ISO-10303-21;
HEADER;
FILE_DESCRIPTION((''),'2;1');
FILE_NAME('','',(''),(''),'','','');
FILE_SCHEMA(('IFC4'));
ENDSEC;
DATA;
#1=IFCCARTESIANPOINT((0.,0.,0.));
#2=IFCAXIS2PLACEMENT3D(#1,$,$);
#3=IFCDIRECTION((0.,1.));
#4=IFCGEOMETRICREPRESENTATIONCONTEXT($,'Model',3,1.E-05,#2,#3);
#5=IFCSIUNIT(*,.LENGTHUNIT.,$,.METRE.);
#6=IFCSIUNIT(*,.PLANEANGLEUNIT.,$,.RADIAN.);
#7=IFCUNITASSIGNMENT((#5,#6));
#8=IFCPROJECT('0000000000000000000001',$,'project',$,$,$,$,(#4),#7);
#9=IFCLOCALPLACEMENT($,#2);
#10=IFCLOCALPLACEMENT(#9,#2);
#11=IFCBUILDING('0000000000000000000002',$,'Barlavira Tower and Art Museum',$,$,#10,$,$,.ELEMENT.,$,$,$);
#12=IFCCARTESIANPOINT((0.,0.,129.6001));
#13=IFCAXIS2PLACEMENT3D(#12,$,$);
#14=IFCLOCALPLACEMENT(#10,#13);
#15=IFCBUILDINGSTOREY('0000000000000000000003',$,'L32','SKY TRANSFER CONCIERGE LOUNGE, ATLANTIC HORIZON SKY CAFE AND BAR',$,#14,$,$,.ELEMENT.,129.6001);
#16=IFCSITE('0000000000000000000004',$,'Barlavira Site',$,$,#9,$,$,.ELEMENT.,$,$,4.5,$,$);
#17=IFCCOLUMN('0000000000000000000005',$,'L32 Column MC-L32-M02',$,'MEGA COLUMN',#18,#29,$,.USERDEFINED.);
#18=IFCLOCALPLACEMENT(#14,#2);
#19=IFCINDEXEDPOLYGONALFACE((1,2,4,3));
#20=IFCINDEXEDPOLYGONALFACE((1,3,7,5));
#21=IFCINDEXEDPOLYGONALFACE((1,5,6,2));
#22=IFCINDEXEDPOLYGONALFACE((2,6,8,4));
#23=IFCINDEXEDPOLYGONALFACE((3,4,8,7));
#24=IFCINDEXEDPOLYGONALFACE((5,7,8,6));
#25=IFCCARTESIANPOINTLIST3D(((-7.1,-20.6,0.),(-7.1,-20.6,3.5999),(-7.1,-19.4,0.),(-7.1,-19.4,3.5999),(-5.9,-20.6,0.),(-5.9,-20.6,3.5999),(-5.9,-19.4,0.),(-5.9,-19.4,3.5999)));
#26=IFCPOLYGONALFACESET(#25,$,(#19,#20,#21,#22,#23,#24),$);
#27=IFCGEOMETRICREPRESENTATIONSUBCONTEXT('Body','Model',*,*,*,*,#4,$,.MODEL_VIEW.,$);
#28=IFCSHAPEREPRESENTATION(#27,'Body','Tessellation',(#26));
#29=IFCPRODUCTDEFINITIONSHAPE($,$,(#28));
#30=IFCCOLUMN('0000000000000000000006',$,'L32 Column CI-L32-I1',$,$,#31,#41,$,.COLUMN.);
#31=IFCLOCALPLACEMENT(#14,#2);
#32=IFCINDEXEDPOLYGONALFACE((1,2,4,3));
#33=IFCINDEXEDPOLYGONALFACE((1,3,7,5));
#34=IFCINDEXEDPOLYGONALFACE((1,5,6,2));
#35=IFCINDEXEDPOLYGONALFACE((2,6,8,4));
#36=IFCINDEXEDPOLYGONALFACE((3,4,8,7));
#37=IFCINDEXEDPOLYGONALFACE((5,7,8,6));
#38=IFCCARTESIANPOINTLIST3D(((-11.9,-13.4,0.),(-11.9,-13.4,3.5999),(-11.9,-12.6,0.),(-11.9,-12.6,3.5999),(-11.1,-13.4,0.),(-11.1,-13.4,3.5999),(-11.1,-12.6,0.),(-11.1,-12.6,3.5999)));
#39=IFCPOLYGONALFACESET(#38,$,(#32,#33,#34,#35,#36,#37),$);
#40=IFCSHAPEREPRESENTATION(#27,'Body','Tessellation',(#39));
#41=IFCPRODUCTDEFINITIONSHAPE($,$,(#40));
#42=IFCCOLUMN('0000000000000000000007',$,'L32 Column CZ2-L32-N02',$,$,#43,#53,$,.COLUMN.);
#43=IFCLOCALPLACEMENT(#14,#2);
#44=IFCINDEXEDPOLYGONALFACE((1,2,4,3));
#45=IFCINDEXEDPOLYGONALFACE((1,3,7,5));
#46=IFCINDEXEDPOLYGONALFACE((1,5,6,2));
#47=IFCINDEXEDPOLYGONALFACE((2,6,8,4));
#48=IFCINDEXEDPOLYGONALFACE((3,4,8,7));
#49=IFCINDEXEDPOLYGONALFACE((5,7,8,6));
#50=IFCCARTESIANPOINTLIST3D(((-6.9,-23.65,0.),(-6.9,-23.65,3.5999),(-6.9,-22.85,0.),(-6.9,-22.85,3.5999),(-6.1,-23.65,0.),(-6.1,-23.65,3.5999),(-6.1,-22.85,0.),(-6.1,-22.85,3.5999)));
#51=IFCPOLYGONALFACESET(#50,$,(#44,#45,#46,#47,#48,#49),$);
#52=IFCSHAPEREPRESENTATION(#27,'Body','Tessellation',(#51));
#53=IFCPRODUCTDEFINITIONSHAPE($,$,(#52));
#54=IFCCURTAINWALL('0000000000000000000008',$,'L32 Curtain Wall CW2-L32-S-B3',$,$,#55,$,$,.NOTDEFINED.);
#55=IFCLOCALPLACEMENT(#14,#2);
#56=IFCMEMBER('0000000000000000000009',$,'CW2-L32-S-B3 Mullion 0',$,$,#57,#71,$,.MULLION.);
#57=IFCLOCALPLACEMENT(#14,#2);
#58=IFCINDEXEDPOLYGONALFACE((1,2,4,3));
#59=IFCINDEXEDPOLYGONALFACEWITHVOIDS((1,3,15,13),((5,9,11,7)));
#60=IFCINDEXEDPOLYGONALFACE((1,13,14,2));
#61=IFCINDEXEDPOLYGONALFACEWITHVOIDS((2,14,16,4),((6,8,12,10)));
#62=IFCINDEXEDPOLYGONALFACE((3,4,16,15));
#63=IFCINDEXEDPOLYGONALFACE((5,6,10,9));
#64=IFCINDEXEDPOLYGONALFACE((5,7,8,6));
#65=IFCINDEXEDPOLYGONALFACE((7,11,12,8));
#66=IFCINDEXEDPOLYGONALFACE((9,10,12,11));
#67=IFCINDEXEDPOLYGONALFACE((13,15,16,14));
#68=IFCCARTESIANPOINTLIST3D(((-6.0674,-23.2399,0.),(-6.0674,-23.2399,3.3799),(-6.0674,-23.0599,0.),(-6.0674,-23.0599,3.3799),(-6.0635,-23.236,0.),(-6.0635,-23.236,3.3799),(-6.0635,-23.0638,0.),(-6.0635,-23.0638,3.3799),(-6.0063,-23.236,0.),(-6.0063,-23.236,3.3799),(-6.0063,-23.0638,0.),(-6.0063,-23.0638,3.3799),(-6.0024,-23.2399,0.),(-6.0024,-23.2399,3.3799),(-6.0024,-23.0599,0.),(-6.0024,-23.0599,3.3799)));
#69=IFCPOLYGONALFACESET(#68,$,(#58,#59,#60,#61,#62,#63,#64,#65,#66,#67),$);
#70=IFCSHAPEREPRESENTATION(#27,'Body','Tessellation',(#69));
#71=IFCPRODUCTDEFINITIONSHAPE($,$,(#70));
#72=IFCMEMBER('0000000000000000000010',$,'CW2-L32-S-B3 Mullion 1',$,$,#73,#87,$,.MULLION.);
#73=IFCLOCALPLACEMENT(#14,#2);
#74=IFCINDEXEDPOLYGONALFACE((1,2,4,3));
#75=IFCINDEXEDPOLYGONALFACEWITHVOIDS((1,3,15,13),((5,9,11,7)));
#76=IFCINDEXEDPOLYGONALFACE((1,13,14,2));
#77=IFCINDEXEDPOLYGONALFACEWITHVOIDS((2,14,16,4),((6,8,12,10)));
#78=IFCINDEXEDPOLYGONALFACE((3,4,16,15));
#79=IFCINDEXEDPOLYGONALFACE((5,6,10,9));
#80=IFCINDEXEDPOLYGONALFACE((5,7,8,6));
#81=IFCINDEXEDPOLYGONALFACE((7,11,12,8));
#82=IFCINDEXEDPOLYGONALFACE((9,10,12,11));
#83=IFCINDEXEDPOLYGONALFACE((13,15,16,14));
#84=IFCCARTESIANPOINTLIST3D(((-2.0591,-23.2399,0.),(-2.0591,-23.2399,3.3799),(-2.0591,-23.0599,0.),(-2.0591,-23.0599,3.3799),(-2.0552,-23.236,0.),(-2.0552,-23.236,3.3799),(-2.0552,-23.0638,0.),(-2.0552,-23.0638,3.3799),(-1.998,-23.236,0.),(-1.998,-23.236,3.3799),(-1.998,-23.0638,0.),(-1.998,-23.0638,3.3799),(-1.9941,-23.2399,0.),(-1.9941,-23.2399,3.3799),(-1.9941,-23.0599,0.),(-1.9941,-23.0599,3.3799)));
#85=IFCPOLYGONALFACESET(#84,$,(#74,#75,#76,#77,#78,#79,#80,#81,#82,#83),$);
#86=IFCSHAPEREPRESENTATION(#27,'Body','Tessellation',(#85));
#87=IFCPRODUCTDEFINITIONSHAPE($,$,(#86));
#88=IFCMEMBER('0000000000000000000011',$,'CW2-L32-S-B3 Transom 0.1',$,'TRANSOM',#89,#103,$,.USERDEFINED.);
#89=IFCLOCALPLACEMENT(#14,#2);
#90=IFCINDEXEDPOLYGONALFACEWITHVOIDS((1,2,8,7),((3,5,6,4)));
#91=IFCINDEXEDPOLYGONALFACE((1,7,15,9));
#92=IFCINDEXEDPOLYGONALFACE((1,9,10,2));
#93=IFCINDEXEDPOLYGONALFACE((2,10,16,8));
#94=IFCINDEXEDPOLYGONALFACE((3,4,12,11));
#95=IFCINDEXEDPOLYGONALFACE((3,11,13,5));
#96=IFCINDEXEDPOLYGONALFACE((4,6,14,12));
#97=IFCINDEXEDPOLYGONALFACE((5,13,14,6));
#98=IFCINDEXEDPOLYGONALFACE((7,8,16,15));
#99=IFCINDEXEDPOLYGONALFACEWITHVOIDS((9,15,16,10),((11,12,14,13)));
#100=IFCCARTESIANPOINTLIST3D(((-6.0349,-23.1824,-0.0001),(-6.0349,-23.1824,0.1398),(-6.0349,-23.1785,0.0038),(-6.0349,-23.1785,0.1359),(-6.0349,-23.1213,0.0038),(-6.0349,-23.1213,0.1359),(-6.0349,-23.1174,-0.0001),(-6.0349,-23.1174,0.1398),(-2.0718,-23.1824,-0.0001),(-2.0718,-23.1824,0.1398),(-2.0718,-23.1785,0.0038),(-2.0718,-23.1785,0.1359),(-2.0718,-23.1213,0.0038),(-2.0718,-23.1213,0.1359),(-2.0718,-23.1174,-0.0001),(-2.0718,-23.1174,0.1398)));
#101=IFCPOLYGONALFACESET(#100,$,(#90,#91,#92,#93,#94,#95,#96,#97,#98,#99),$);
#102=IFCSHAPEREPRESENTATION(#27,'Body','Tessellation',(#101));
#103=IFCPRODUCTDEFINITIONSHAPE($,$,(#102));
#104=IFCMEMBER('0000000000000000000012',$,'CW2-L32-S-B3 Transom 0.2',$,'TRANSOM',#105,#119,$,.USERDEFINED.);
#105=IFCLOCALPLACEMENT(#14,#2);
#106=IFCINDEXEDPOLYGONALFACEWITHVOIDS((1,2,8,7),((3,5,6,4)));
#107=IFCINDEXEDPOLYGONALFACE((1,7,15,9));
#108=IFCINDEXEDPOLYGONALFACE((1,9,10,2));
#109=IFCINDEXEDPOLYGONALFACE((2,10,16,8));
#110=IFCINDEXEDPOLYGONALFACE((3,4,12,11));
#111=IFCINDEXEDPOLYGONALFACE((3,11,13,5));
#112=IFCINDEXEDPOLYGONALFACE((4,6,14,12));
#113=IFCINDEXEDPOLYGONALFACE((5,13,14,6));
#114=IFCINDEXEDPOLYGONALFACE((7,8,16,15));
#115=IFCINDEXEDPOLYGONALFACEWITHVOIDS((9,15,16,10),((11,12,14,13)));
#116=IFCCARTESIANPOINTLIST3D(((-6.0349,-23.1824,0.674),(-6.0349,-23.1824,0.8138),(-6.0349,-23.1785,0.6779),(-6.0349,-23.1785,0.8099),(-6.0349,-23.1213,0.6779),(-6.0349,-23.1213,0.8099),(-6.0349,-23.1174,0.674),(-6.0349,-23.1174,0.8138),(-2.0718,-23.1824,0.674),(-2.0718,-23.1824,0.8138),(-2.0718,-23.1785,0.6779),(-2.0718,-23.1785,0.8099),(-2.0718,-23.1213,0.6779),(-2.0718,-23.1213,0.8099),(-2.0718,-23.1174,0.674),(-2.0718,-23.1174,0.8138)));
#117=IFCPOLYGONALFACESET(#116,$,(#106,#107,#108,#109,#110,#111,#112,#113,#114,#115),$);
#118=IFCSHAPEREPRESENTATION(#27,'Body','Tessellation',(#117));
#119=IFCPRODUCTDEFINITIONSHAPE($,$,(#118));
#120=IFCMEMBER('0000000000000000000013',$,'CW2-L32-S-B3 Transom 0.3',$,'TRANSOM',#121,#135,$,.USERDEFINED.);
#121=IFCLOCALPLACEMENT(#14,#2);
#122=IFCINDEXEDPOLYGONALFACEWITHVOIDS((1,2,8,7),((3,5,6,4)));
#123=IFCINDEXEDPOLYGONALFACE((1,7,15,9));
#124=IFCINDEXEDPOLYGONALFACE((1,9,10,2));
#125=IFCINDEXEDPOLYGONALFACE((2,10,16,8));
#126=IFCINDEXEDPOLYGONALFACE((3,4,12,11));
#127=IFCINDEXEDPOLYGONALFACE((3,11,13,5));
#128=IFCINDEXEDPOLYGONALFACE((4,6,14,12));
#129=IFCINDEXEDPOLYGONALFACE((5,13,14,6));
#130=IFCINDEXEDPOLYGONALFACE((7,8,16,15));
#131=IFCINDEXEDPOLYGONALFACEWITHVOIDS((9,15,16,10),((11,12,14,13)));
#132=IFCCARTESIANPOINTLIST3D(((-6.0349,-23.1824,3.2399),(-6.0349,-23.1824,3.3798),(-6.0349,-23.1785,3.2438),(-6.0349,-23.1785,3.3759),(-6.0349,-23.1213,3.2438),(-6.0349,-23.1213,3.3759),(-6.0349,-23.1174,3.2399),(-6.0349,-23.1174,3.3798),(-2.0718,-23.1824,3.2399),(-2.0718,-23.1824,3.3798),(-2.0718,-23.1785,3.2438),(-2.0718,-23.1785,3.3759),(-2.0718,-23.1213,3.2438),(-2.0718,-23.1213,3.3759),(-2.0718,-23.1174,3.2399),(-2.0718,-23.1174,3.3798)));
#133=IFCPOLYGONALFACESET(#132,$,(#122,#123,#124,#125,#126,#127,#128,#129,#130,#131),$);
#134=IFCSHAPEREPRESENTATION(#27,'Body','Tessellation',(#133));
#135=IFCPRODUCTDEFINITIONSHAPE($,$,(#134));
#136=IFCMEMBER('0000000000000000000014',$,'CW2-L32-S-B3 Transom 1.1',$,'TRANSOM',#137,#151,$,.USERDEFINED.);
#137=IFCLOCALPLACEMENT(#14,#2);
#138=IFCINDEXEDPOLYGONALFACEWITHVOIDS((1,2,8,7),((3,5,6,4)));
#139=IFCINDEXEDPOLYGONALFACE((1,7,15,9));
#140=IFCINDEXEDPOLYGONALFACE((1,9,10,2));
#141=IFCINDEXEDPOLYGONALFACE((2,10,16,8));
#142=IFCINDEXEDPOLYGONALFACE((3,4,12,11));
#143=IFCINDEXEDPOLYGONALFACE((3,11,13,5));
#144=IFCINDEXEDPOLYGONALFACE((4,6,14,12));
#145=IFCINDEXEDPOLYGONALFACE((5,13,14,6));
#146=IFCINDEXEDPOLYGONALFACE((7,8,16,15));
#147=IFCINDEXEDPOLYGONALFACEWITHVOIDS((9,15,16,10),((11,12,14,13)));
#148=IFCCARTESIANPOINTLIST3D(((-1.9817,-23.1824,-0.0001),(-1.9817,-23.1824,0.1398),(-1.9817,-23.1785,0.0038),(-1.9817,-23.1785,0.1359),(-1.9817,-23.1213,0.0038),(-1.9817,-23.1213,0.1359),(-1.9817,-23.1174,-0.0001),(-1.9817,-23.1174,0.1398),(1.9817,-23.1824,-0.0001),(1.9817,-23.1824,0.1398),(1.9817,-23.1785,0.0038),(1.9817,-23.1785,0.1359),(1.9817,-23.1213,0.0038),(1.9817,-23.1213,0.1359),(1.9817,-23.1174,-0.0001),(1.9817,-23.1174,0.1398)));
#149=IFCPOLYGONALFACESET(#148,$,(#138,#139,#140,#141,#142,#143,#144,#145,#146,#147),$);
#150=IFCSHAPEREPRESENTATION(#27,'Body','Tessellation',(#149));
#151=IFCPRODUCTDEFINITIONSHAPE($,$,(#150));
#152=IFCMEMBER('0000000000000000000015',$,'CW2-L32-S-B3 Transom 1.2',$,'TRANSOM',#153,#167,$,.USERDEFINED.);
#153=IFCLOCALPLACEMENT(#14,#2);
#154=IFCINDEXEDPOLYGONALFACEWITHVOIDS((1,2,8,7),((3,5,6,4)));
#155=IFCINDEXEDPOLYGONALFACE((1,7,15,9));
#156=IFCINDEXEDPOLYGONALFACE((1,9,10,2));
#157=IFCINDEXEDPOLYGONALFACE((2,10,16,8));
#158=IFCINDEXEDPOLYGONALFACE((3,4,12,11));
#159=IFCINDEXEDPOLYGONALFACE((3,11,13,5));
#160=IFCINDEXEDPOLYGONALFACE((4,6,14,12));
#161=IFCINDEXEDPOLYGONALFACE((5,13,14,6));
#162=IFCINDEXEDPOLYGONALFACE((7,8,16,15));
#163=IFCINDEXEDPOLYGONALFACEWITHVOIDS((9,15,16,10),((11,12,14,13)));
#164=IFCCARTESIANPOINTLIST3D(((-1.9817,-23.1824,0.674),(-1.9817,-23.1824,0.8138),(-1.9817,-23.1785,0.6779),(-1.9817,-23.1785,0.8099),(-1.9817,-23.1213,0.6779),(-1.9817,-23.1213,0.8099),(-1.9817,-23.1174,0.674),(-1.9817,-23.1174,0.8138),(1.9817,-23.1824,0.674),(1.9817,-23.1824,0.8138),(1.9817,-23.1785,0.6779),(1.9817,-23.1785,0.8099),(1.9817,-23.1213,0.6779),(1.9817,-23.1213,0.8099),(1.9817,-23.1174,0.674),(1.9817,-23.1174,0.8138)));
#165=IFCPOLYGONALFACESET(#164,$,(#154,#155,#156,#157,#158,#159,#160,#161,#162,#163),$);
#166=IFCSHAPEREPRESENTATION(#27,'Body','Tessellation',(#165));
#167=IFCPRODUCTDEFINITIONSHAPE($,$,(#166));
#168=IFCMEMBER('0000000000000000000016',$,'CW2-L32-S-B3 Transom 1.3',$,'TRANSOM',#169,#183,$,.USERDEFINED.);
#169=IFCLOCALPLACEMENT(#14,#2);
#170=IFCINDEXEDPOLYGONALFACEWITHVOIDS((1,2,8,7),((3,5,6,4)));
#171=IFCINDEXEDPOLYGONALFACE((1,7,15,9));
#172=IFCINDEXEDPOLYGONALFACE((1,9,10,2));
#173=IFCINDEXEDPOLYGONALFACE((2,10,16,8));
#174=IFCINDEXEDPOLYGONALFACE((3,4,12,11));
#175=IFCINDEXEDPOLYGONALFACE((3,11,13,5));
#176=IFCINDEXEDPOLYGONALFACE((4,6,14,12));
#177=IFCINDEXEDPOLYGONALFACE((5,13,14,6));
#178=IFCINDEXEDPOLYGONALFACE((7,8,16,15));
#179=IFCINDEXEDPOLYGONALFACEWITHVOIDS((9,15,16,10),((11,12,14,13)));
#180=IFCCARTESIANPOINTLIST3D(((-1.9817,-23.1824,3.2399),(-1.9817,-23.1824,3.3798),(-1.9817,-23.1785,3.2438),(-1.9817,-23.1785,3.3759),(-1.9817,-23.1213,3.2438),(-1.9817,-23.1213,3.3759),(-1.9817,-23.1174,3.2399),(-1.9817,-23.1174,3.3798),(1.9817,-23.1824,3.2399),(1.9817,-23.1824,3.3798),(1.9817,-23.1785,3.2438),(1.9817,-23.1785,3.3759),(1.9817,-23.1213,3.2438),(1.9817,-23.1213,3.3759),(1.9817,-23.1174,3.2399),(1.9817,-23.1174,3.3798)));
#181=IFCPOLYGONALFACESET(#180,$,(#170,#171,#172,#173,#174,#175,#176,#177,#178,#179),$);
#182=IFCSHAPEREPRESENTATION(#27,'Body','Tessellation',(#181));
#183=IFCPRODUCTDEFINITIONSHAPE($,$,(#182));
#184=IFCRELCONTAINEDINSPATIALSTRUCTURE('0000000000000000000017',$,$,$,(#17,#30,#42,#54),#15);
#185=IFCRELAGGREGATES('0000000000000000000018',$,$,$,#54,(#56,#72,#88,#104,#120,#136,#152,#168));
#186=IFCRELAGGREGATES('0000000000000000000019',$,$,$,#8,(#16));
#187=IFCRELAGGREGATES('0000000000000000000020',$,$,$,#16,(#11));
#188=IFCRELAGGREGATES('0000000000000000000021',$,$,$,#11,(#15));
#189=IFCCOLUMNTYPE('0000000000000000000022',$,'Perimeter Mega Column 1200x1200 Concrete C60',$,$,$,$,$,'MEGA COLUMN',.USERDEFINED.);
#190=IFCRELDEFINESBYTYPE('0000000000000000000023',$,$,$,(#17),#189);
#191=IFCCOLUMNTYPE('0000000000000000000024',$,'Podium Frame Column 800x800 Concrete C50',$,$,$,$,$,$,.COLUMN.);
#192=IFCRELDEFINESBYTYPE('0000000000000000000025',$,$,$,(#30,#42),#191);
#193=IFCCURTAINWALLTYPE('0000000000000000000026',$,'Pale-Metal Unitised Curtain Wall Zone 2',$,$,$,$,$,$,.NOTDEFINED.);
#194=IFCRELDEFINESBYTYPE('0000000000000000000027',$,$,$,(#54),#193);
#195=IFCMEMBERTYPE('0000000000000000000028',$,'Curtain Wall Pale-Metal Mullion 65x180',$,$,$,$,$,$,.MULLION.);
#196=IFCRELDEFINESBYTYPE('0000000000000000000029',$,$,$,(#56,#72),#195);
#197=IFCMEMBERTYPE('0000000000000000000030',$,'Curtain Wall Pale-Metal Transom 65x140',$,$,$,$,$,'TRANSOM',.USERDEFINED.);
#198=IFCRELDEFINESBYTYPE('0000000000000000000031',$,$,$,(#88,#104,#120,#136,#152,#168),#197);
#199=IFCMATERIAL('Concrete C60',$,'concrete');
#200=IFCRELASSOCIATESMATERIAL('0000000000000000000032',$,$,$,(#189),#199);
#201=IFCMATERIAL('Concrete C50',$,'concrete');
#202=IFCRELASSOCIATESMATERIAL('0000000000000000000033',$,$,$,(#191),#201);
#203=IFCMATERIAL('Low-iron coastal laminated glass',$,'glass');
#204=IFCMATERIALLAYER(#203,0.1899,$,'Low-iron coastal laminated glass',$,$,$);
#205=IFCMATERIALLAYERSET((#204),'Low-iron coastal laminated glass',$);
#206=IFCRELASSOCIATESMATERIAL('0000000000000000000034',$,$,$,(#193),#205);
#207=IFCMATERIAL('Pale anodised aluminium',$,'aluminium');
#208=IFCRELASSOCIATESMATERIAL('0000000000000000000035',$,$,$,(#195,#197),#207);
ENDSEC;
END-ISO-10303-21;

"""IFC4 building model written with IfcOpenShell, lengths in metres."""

from ifc_helpers import new_model, si_unit, direction, frame, origin, origin_2d, place, context, subcontext, project, spatial, rectangle, hollow_rectangle, extrude, material, layer, layer_set, material_profile, profile_set, type_object, element, aggregate, save


model = new_model("IFC4")

# Units and contexts
model_context = context("Model", 3, precision=1e-05, world=origin(), true_north=direction((0.0, 1.0)))
body_context = subcontext(model_context, "Body", "Model", "MODEL_VIEW")
ifc_project = project(units=[si_unit("LENGTHUNIT", "METRE"), si_unit("PLANEANGLEUNIT", "RADIAN")], contexts=[model_context])

# Site, building, storey
site_placement = place(None, origin())
site = spatial("IfcSite", under=ifc_project, at=site_placement, Name="Barlavira Site", CompositionType="ELEMENT", RefElevation=4.5)
building_placement = place(site_placement, origin())
building = spatial("IfcBuilding", under=site, at=building_placement, Name="Barlavira Tower and Art Museum", CompositionType="ELEMENT")
storey_placement = place(building_placement, frame((0.0, 0.0, 129.6001)))
storey = spatial("IfcBuildingStorey", under=building, at=storey_placement, Name="L32", Description="SKY TRANSFER CONCIERGE LOUNGE, ATLANTIC HORIZON SKY CAFE AND BAR", CompositionType="ELEMENT", Elevation=129.6001)

# Columns
ifc_material_1 = material(Name="Concrete C60", Category="concrete")
ifc_material_profile_1 = material_profile(ifc_material_1, rectangle(XDim=1.2, YDim=1.2, at=origin_2d()), Name="RC-COL 1200x1200")
ifc_profile_set_1 = profile_set([ifc_material_profile_1], Name="Concrete C60")
column_type_1 = type_object("IfcColumnType", Name="Perimeter Mega Column 1200x1200 Concrete C60", ElementType="MEGA COLUMN", PredefinedType="USERDEFINED", material=ifc_profile_set_1)
column_placement = place(storey_placement, frame((-6.5, -20.0, 0.0), z_axis=(0.0, 0.0, 1.0), x_axis=(1.0, 0.0, 0.0)))
element("IfcColumn", 1, at=column_placement, inside=storey, type_object=column_type_1, Name="L32 Column MC-L32-M02", ObjectType="MEGA COLUMN", PredefinedType="USERDEFINED", context=body_context, shape_type="SweptSolid", body=[
    extrude(rectangle(XDim=1.2, YDim=1.2, at=origin_2d()), origin(), (0.0, 0.0, 1.0), 3.5999),
])
ifc_material_2 = material(Name="Concrete C50", Category="concrete")
ifc_material_profile_2 = material_profile(ifc_material_2, rectangle(XDim=0.8, YDim=0.8, at=origin_2d()), Name="RC-COL 800x800")
ifc_profile_set_2 = profile_set([ifc_material_profile_2], Name="Concrete C50")
column_type_2 = type_object("IfcColumnType", Name="Podium Frame Column 800x800 Concrete C50", PredefinedType="COLUMN", material=ifc_profile_set_2)
for number, where, z_axis, x_axis, name in (
    (2, (-11.5, -13.0, 0.0), (0.0, 0.0, 1.0), (1.0, 0.0, 0.0), "L32 Column CI-L32-I1"),
    (3, (-6.5, -23.25, 0.0), (0.0, 0.0, 1.0), (1.0, 0.0, 0.0), "L32 Column CZ2-L32-N02"),
):
    element("IfcColumn", number, at=place(storey_placement, frame(where, z_axis=z_axis, x_axis=x_axis)), inside=storey, type_object=column_type_2, Name=name, PredefinedType="COLUMN", context=body_context, shape_type="SweptSolid", body=[
        extrude(rectangle(XDim=0.8, YDim=0.8, at=origin_2d()), origin(), (0.0, 0.0, 1.0), 3.5999),
    ])

# Curtain wall, members
ifc_material_3 = material(Name="Low-iron coastal laminated glass", Category="glass")
ifc_layer_1 = layer(ifc_material_3, 0.1899, Name="Low-iron coastal laminated glass")
ifc_layer_set_1 = layer_set([ifc_layer_1], Name="Low-iron coastal laminated glass")
curtain_wall_type = type_object("IfcCurtainWallType", Name="Pale-Metal Unitised Curtain Wall Zone 2", PredefinedType="NOTDEFINED", material=ifc_layer_set_1)
curtain_wall_placement = place(storey_placement, origin())
curtain_wall = element("IfcCurtainWall", 4, at=curtain_wall_placement, inside=storey, type_object=curtain_wall_type, Name="L32 Curtain Wall CW2-L32-S-B3", PredefinedType="NOTDEFINED")
ifc_material_4 = material(Name="Pale anodised aluminium", Category="aluminium")
ifc_material_profile_3 = material_profile(ifc_material_4, hollow_rectangle(XDim=0.0649, YDim=0.1799, WallThickness=0.0039, at=origin_2d()), Name="ALU-MULL 65x180x4")
ifc_profile_set_3 = profile_set([ifc_material_profile_3], Name="Pale anodised aluminium")
member_type_1 = type_object("IfcMemberType", Name="Curtain Wall Pale-Metal Mullion 65x180", PredefinedType="MULLION", material=ifc_profile_set_3)
member_1_placement = place(storey_placement, frame((-6.0349, -23.1499, 0.0), z_axis=(0.0, 0.0, 1.0), x_axis=(1.0, 0.0, 0.0)))
member_1 = element("IfcMember", 5, at=member_1_placement, type_object=member_type_1, Name="CW2-L32-S-B3 Mullion 0", PredefinedType="MULLION", context=body_context, shape_type="SweptSolid", body=[
    extrude(hollow_rectangle(XDim=0.0649, YDim=0.1799, WallThickness=0.0039, at=origin_2d()), origin(), (0.0, 0.0, 1.0), 3.3799),
])
member_2_placement = place(storey_placement, frame((-2.0266, -23.1499, 0.0), z_axis=(0.0, 0.0, 1.0), x_axis=(1.0, 0.0, 0.0)))
member_2 = element("IfcMember", 6, at=member_2_placement, type_object=member_type_1, Name="CW2-L32-S-B3 Mullion 1", PredefinedType="MULLION", context=body_context, shape_type="SweptSolid", body=[
    extrude(hollow_rectangle(XDim=0.0649, YDim=0.1799, WallThickness=0.0039, at=origin_2d()), origin(), (0.0, 0.0, 1.0), 3.3799),
])
ifc_material_profile_4 = material_profile(ifc_material_4, hollow_rectangle(XDim=0.0649, YDim=0.1399, WallThickness=0.0039, at=origin_2d()), Name="ALU-TRAN 65x140x4")
ifc_profile_set_4 = profile_set([ifc_material_profile_4], Name="Pale anodised aluminium")
member_type_2 = type_object("IfcMemberType", Name="Curtain Wall Pale-Metal Transom 65x140", ElementType="TRANSOM", PredefinedType="USERDEFINED", material=ifc_profile_set_4)
member_3_placement = place(storey_placement, frame((-6.0349, -23.1499, 0.0698), z_axis=(1.0, 0.0, 0.0), x_axis=(0.0, 1.0, 0.0)))
member_3 = element("IfcMember", 7, at=member_3_placement, type_object=member_type_2, Name="CW2-L32-S-B3 Transom 0.1", ObjectType="TRANSOM", PredefinedType="USERDEFINED", context=body_context, shape_type="SweptSolid", body=[
    extrude(hollow_rectangle(XDim=0.0649, YDim=0.1399, WallThickness=0.0039, at=origin_2d()), origin(), (0.0, 0.0, 1.0), 3.9631),
])
member_4_placement = place(storey_placement, frame((-6.0349, -23.1499, 0.7439), z_axis=(1.0, 0.0, 0.0), x_axis=(0.0, 1.0, 0.0)))
member_4 = element("IfcMember", 8, at=member_4_placement, type_object=member_type_2, Name="CW2-L32-S-B3 Transom 0.2", ObjectType="TRANSOM", PredefinedType="USERDEFINED", context=body_context, shape_type="SweptSolid", body=[
    extrude(hollow_rectangle(XDim=0.0649, YDim=0.1399, WallThickness=0.0039, at=origin_2d()), origin(), (0.0, 0.0, 1.0), 3.9631),
])
member_5_placement = place(storey_placement, frame((-6.0349, -23.1499, 3.3098), z_axis=(1.0, 0.0, 0.0), x_axis=(0.0, 1.0, 0.0)))
member_5 = element("IfcMember", 9, at=member_5_placement, type_object=member_type_2, Name="CW2-L32-S-B3 Transom 0.3", ObjectType="TRANSOM", PredefinedType="USERDEFINED", context=body_context, shape_type="SweptSolid", body=[
    extrude(hollow_rectangle(XDim=0.0649, YDim=0.1399, WallThickness=0.0039, at=origin_2d()), origin(), (0.0, 0.0, 1.0), 3.9631),
])
member_6_placement = place(storey_placement, frame((-1.9817, -23.1499, 0.0698), z_axis=(1.0, 0.0, 0.0), x_axis=(0.0, 1.0, 0.0)))
member_6 = element("IfcMember", 10, at=member_6_placement, type_object=member_type_2, Name="CW2-L32-S-B3 Transom 1.1", ObjectType="TRANSOM", PredefinedType="USERDEFINED", context=body_context, shape_type="SweptSolid", body=[
    extrude(hollow_rectangle(XDim=0.0649, YDim=0.1399, WallThickness=0.0039, at=origin_2d()), origin(), (0.0, 0.0, 1.0), 3.9634),
])
member_7_placement = place(storey_placement, frame((-1.9817, -23.1499, 0.7439), z_axis=(1.0, 0.0, 0.0), x_axis=(0.0, 1.0, 0.0)))
member_7 = element("IfcMember", 11, at=member_7_placement, type_object=member_type_2, Name="CW2-L32-S-B3 Transom 1.2", ObjectType="TRANSOM", PredefinedType="USERDEFINED", context=body_context, shape_type="SweptSolid", body=[
    extrude(hollow_rectangle(XDim=0.0649, YDim=0.1399, WallThickness=0.0039, at=origin_2d()), origin(), (0.0, 0.0, 1.0), 3.9634),
])
member_8_placement = place(storey_placement, frame((-1.9817, -23.1499, 3.3098), z_axis=(1.0, 0.0, 0.0), x_axis=(0.0, 1.0, 0.0)))
member_8 = element("IfcMember", 12, at=member_8_placement, type_object=member_type_2, Name="CW2-L32-S-B3 Transom 1.3", ObjectType="TRANSOM", PredefinedType="USERDEFINED", context=body_context, shape_type="SweptSolid", body=[
    extrude(hollow_rectangle(XDim=0.0649, YDim=0.1399, WallThickness=0.0039, at=origin_2d()), origin(), (0.0, 0.0, 1.0), 3.9634),
])

aggregate(curtain_wall, [member_1, member_2, member_3, member_4, member_5, member_6, member_7, member_8])

save(model, "model.ifc")
